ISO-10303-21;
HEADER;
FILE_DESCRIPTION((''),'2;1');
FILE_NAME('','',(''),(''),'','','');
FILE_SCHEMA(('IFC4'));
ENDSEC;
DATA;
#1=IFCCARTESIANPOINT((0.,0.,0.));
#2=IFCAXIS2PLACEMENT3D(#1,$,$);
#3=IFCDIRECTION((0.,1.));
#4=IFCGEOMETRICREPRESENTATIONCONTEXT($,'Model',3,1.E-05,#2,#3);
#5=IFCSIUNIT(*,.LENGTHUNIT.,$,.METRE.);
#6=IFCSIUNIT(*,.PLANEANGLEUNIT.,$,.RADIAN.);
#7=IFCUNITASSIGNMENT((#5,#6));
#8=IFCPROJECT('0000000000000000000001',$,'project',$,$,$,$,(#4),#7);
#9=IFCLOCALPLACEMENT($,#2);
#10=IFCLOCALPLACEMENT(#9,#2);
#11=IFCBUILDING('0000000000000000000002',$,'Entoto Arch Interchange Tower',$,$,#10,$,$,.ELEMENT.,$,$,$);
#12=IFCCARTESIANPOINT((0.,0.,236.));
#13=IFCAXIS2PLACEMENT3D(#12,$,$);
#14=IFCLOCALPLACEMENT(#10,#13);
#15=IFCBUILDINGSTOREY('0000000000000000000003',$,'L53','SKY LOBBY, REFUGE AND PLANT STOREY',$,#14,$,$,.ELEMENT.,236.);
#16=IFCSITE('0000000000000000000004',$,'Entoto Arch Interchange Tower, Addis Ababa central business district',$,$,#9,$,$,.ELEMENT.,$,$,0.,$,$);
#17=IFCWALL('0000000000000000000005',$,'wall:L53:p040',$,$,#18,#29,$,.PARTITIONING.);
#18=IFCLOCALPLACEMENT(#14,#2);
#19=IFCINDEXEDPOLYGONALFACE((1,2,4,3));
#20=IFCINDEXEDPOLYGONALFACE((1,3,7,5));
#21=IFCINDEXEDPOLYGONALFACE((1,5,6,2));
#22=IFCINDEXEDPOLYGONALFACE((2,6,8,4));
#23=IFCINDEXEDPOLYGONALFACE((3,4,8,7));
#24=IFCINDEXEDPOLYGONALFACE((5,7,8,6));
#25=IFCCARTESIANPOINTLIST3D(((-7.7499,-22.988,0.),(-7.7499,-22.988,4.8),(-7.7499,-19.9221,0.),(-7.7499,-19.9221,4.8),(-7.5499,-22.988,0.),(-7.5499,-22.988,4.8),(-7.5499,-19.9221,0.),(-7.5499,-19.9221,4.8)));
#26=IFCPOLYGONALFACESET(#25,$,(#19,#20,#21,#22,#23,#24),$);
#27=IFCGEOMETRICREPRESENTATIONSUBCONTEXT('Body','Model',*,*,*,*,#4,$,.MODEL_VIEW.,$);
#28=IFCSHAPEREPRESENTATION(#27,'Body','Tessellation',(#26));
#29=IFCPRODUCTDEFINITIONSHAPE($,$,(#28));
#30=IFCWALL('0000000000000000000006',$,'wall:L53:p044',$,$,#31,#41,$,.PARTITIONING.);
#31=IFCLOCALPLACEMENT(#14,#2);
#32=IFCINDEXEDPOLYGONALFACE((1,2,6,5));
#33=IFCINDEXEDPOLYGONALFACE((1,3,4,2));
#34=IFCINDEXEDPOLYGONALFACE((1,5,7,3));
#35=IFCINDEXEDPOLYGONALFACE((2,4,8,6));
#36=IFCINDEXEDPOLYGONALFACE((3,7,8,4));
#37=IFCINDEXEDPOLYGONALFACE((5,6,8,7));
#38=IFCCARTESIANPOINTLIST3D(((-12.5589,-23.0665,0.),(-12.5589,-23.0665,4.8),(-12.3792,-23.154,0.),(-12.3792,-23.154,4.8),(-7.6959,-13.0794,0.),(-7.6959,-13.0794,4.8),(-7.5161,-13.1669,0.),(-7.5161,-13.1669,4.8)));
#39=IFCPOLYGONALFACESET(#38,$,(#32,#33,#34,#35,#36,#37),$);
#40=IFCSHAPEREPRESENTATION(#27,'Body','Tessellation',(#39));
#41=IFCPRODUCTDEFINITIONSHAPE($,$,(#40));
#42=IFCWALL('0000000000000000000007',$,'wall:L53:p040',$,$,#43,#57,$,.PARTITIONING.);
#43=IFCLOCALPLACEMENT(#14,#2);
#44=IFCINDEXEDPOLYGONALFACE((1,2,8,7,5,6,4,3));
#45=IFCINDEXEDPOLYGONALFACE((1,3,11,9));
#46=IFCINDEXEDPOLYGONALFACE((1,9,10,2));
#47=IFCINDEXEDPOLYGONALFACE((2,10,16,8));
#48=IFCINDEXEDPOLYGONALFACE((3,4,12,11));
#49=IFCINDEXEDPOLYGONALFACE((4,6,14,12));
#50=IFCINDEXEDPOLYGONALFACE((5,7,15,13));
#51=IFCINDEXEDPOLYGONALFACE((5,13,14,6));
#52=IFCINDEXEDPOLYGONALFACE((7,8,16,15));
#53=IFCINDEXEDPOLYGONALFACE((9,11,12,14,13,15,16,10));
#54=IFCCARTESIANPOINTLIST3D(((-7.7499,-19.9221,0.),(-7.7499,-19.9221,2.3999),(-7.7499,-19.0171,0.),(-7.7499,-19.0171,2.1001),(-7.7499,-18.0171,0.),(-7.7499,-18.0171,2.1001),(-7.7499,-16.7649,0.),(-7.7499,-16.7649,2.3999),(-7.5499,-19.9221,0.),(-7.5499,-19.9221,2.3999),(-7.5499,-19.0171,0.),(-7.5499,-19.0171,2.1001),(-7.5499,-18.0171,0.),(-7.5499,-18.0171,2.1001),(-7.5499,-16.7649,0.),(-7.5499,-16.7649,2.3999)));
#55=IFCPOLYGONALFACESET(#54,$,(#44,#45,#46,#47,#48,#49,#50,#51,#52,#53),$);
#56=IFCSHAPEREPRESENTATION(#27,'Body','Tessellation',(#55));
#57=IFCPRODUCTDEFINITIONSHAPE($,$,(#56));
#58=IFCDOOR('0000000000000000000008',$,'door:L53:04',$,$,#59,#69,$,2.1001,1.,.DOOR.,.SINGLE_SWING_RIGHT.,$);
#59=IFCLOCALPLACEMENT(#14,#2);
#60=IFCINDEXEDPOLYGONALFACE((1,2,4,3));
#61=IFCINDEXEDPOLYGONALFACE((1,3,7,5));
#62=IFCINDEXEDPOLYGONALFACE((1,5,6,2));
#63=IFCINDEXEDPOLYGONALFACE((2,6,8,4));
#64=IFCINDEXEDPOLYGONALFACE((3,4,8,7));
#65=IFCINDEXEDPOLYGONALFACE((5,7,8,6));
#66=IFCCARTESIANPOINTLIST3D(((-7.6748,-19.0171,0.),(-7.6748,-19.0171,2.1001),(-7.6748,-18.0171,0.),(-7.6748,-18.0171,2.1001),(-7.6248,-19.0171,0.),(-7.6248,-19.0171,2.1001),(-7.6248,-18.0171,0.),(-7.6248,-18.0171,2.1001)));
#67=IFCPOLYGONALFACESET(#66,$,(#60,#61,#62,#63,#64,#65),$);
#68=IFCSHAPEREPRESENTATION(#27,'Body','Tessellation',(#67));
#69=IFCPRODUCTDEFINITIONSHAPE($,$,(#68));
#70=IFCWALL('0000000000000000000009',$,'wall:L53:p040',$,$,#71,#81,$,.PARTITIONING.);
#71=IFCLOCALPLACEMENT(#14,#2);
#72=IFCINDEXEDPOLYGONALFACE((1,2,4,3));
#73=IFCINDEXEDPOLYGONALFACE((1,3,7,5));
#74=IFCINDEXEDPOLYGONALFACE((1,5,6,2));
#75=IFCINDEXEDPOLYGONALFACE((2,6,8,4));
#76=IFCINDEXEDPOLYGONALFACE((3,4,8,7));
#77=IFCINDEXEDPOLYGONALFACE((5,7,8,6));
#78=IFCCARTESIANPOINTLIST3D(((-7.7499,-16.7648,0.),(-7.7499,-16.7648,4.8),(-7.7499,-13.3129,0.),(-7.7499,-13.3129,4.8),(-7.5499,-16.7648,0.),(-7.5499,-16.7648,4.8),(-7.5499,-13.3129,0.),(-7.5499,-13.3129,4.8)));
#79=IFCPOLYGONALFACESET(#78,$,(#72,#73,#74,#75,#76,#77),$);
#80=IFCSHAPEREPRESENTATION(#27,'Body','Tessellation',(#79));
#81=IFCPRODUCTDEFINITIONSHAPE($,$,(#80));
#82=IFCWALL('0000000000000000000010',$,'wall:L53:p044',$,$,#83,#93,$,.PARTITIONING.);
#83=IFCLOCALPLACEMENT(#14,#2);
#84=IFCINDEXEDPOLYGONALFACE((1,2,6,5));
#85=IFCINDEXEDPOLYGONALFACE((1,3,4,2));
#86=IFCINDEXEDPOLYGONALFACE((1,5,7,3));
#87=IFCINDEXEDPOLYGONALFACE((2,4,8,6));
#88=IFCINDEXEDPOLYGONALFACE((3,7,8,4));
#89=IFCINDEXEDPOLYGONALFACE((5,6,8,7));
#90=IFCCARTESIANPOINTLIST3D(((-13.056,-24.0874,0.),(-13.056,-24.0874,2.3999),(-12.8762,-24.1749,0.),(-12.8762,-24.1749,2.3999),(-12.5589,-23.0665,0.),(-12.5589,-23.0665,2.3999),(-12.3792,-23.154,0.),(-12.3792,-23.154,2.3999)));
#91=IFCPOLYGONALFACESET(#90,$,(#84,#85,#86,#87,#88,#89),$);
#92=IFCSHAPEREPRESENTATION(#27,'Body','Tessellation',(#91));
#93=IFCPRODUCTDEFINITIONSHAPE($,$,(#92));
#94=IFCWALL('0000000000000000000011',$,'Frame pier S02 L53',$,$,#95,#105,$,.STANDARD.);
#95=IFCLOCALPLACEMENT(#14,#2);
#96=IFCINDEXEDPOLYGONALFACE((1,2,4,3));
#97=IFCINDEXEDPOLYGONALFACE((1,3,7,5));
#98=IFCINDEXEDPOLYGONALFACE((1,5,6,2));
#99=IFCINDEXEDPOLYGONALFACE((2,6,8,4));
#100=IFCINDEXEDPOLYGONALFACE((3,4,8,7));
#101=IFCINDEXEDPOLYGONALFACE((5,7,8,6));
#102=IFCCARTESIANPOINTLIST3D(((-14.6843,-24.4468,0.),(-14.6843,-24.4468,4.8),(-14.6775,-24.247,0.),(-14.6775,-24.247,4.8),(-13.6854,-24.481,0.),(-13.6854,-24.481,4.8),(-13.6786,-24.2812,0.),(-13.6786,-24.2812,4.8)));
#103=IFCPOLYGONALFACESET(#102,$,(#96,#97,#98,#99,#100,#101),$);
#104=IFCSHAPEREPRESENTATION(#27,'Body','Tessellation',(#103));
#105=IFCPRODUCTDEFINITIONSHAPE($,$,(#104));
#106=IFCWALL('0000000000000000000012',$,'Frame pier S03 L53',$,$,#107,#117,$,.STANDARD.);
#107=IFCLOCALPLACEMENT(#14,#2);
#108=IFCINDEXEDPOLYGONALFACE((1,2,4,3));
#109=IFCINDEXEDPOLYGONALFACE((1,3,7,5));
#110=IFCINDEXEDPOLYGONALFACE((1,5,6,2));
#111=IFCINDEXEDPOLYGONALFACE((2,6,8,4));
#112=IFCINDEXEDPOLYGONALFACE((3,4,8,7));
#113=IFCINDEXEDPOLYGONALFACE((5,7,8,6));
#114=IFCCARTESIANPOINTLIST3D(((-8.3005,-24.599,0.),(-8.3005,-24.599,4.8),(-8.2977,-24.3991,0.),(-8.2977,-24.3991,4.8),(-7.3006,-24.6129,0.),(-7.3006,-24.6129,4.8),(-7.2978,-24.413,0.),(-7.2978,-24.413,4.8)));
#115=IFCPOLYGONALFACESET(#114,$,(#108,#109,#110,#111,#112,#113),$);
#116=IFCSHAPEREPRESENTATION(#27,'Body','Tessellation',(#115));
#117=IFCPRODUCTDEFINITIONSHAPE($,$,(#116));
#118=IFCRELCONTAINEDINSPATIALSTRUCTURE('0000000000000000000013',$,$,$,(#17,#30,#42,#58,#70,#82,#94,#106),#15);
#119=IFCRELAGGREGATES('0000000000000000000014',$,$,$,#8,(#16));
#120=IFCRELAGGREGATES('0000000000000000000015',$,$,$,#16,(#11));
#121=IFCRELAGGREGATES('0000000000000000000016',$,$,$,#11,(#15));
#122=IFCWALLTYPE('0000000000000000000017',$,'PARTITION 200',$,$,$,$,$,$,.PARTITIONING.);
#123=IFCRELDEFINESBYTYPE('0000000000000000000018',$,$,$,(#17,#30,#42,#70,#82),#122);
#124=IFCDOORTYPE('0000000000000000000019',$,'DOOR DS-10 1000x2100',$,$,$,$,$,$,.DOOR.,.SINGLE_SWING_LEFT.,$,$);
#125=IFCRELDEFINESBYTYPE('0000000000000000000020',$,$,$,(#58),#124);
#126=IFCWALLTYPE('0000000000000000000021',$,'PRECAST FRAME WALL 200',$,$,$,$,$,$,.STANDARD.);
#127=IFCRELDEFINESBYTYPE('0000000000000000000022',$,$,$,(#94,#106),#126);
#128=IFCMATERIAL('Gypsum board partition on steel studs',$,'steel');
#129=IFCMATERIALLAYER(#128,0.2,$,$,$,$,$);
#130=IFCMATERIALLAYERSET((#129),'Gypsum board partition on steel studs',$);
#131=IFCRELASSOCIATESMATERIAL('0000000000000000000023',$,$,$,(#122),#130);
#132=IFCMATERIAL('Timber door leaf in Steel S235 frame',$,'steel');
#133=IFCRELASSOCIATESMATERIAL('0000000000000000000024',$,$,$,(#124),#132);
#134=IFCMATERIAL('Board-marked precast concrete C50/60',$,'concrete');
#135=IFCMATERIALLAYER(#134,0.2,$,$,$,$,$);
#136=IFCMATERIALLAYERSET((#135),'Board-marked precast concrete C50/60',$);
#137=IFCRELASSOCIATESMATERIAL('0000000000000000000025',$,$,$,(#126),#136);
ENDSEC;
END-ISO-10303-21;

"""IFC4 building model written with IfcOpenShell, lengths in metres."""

from ifc_helpers import new_model, si_unit, direction, frame, frame_2d, origin, place, context, subcontext, project, spatial, rectangle, extrude, material, layer, layer_set, type_object, element, fill, save


model = new_model("IFC4")

# Units and contexts
model_context = context("Model", 3, precision=1e-05, world=origin(), true_north=direction((0.0, 1.0)))
body_context = subcontext(model_context, "Body", "Model", "MODEL_VIEW")
ifc_project = project(units=[si_unit("LENGTHUNIT", "METRE"), si_unit("PLANEANGLEUNIT", "RADIAN")], contexts=[model_context])

# Site, building, storey
site_placement = place(None, origin())
site = spatial("IfcSite", under=ifc_project, at=site_placement, Name="Entoto Arch Interchange Tower, Addis Ababa central business district", CompositionType="ELEMENT", RefElevation=0.0)
building_placement = place(site_placement, origin())
building = spatial("IfcBuilding", under=site, at=building_placement, Name="Entoto Arch Interchange Tower", CompositionType="ELEMENT")
storey_placement = place(building_placement, frame((0.0, 0.0, 236.0)))
storey = spatial("IfcBuildingStorey", under=building, at=storey_placement, Name="L53", Description="SKY LOBBY, REFUGE AND PLANT STOREY", CompositionType="ELEMENT", Elevation=236.0)

# Walls
ifc_material_1 = material(Name="Gypsum board partition on steel studs", Category="steel")
ifc_layer_1 = layer(ifc_material_1, 0.2)
ifc_layer_set_1 = layer_set([ifc_layer_1], Name="Gypsum board partition on steel studs")
wall_type_1 = type_object("IfcWallType", Name="PARTITION 200", PredefinedType="PARTITIONING", material=ifc_layer_set_1)
wall_1_placement = place(storey_placement, frame((-7.6499, -22.988, 0.0), z_axis=(0.0, 0.0, 1.0), x_axis=(0.0, 1.0, 0.0)))
element("IfcWall", 1, at=wall_1_placement, inside=storey, type_object=wall_type_1, Name="wall:L53:p040", PredefinedType="PARTITIONING", context=body_context, shape_type="SweptSolid", body=[
    extrude(rectangle(XDim=3.0659, YDim=0.2, at=frame_2d((1.533, 0.0))), origin(), (0.0, 0.0, 1.0), 4.8),
])
wall_2_placement = place(storey_placement, frame((-7.606, -13.123, 0.0), z_axis=(0.0, 0.0, 1.0), x_axis=(-0.437791, -0.899077, 0.0)))
element("IfcWall", 2, at=wall_2_placement, inside=storey, type_object=wall_type_1, Name="wall:L53:p044", PredefinedType="PARTITIONING", context=body_context, shape_type="SweptSolid", body=[
    extrude(rectangle(XDim=11.1082, YDim=0.2, at=frame_2d((5.5542, 0.0))), origin(), (0.0, 0.0, 1.0), 4.8),
])

# Wall, opening, door
wall_3_placement = place(storey_placement, frame((-7.6499, -19.9221, 0.0), z_axis=(0.0, 0.0, 1.0), x_axis=(0.0, 1.0, 0.0)))
wall_3 = element("IfcWall", 3, at=wall_3_placement, inside=storey, type_object=wall_type_1, Name="wall:L53:p040", PredefinedType="PARTITIONING", context=body_context, shape_type="SweptSolid", body=[
    extrude(rectangle(XDim=3.1572, YDim=0.2, at=frame_2d((1.5786, 0.0))), origin(), (0.0, 0.0, 1.0), 2.3999),
])
opening_placement = place(wall_3_placement, frame((0.905, 0.0, 0.0)))
opening = element("IfcOpeningElement", 4, at=opening_placement, cuts=wall_3, PredefinedType="OPENING", context=body_context, shape_type="SweptSolid", body=[
    extrude(rectangle(XDim=1.0, YDim=2.1001, at=frame_2d((0.5, 1.05))), frame((0.0, 0.1099, 0.0), z_axis=(0.0, -1.0, 0.0), x_axis=(1.0, 0.0, 0.0)), (0.0, 0.0, 1.0), 0.22),
])
ifc_material_2 = material(Name="Timber door leaf in Steel S235 frame", Category="steel")
door_type = type_object("IfcDoorType", Name="DOOR DS-10 1000x2100", OperationType="SINGLE_SWING_LEFT", PredefinedType="DOOR", material=ifc_material_2)
door_placement = place(opening_placement, origin())
door = element("IfcDoor", 5, at=door_placement, inside=storey, type_object=door_type, Name="door:L53:04", OperationType="SINGLE_SWING_RIGHT", OverallHeight=2.1001, OverallWidth=1.0, PredefinedType="DOOR", context=body_context, shape_type="SweptSolid", body=[
    extrude(rectangle(XDim=1.0, YDim=2.1001, at=frame_2d((0.5, 1.05))), frame((0.0, 0.0249, 0.0), z_axis=(0.0, -1.0, 0.0), x_axis=(1.0, 0.0, 0.0)), (0.0, 0.0, 1.0), 0.05),
])
fill(opening, door)

# Walls
wall_4_placement = place(storey_placement, frame((-7.6499, -16.7649, 0.0), z_axis=(0.0, 0.0, 1.0), x_axis=(0.0, 1.0, 0.0)))
element("IfcWall", 6, at=wall_4_placement, inside=storey, type_object=wall_type_1, Name="wall:L53:p040", PredefinedType="PARTITIONING", context=body_context, shape_type="SweptSolid", body=[
    extrude(rectangle(XDim=3.4519, YDim=0.2, at=frame_2d((1.7261, 0.0))), origin(), (0.0, 0.0, 1.0), 4.8),
])
wall_5_placement = place(storey_placement, frame((-12.469, -23.1101, 0.0), z_axis=(0.0, 0.0, 1.0), x_axis=(-0.437729, -0.899107, 0.0)))
element("IfcWall", 7, at=wall_5_placement, inside=storey, type_object=wall_type_1, Name="wall:L53:p044", PredefinedType="PARTITIONING", context=body_context, shape_type="SweptSolid", body=[
    extrude(rectangle(XDim=1.1355, YDim=0.2, at=frame_2d((0.5679, 0.0))), origin(), (0.0, 0.0, 1.0), 2.3999),
])
ifc_material_3 = material(Name="Board-marked precast concrete C50/60", Category="concrete")
ifc_layer_2 = layer(ifc_material_3, 0.2)
ifc_layer_set_2 = layer_set([ifc_layer_2], Name="Board-marked precast concrete C50/60")
wall_type_2 = type_object("IfcWallType", Name="PRECAST FRAME WALL 200", PredefinedType="STANDARD", material=ifc_layer_set_2)
wall_6_placement = place(storey_placement, frame((-14.6809, -24.3469, 0.0), z_axis=(0.0, 0.0, 1.0), x_axis=(0.999415, -0.034193, 0.0)))
element("IfcWall", 8, at=wall_6_placement, inside=storey, type_object=wall_type_2, Name="Frame pier S02 L53", PredefinedType="STANDARD", context=body_context, shape_type="SweptSolid", body=[
    extrude(rectangle(XDim=0.9995, YDim=0.2, at=frame_2d((0.4998, 0.0))), origin(), (0.0, 0.0, 1.0), 4.8),
])
wall_7_placement = place(storey_placement, frame((-8.2991, -24.499, 0.0), z_axis=(0.0, 0.0, 1.0), x_axis=(0.999903, -0.013915, 0.0)))
element("IfcWall", 9, at=wall_7_placement, inside=storey, type_object=wall_type_2, Name="Frame pier S03 L53", PredefinedType="STANDARD", context=body_context, shape_type="SweptSolid", body=[
    extrude(rectangle(XDim=1.0, YDim=0.2, at=frame_2d((0.5, 0.0))), origin(), (0.0, 0.0, 1.0), 4.8),
])

save(model, "model.ifc")
